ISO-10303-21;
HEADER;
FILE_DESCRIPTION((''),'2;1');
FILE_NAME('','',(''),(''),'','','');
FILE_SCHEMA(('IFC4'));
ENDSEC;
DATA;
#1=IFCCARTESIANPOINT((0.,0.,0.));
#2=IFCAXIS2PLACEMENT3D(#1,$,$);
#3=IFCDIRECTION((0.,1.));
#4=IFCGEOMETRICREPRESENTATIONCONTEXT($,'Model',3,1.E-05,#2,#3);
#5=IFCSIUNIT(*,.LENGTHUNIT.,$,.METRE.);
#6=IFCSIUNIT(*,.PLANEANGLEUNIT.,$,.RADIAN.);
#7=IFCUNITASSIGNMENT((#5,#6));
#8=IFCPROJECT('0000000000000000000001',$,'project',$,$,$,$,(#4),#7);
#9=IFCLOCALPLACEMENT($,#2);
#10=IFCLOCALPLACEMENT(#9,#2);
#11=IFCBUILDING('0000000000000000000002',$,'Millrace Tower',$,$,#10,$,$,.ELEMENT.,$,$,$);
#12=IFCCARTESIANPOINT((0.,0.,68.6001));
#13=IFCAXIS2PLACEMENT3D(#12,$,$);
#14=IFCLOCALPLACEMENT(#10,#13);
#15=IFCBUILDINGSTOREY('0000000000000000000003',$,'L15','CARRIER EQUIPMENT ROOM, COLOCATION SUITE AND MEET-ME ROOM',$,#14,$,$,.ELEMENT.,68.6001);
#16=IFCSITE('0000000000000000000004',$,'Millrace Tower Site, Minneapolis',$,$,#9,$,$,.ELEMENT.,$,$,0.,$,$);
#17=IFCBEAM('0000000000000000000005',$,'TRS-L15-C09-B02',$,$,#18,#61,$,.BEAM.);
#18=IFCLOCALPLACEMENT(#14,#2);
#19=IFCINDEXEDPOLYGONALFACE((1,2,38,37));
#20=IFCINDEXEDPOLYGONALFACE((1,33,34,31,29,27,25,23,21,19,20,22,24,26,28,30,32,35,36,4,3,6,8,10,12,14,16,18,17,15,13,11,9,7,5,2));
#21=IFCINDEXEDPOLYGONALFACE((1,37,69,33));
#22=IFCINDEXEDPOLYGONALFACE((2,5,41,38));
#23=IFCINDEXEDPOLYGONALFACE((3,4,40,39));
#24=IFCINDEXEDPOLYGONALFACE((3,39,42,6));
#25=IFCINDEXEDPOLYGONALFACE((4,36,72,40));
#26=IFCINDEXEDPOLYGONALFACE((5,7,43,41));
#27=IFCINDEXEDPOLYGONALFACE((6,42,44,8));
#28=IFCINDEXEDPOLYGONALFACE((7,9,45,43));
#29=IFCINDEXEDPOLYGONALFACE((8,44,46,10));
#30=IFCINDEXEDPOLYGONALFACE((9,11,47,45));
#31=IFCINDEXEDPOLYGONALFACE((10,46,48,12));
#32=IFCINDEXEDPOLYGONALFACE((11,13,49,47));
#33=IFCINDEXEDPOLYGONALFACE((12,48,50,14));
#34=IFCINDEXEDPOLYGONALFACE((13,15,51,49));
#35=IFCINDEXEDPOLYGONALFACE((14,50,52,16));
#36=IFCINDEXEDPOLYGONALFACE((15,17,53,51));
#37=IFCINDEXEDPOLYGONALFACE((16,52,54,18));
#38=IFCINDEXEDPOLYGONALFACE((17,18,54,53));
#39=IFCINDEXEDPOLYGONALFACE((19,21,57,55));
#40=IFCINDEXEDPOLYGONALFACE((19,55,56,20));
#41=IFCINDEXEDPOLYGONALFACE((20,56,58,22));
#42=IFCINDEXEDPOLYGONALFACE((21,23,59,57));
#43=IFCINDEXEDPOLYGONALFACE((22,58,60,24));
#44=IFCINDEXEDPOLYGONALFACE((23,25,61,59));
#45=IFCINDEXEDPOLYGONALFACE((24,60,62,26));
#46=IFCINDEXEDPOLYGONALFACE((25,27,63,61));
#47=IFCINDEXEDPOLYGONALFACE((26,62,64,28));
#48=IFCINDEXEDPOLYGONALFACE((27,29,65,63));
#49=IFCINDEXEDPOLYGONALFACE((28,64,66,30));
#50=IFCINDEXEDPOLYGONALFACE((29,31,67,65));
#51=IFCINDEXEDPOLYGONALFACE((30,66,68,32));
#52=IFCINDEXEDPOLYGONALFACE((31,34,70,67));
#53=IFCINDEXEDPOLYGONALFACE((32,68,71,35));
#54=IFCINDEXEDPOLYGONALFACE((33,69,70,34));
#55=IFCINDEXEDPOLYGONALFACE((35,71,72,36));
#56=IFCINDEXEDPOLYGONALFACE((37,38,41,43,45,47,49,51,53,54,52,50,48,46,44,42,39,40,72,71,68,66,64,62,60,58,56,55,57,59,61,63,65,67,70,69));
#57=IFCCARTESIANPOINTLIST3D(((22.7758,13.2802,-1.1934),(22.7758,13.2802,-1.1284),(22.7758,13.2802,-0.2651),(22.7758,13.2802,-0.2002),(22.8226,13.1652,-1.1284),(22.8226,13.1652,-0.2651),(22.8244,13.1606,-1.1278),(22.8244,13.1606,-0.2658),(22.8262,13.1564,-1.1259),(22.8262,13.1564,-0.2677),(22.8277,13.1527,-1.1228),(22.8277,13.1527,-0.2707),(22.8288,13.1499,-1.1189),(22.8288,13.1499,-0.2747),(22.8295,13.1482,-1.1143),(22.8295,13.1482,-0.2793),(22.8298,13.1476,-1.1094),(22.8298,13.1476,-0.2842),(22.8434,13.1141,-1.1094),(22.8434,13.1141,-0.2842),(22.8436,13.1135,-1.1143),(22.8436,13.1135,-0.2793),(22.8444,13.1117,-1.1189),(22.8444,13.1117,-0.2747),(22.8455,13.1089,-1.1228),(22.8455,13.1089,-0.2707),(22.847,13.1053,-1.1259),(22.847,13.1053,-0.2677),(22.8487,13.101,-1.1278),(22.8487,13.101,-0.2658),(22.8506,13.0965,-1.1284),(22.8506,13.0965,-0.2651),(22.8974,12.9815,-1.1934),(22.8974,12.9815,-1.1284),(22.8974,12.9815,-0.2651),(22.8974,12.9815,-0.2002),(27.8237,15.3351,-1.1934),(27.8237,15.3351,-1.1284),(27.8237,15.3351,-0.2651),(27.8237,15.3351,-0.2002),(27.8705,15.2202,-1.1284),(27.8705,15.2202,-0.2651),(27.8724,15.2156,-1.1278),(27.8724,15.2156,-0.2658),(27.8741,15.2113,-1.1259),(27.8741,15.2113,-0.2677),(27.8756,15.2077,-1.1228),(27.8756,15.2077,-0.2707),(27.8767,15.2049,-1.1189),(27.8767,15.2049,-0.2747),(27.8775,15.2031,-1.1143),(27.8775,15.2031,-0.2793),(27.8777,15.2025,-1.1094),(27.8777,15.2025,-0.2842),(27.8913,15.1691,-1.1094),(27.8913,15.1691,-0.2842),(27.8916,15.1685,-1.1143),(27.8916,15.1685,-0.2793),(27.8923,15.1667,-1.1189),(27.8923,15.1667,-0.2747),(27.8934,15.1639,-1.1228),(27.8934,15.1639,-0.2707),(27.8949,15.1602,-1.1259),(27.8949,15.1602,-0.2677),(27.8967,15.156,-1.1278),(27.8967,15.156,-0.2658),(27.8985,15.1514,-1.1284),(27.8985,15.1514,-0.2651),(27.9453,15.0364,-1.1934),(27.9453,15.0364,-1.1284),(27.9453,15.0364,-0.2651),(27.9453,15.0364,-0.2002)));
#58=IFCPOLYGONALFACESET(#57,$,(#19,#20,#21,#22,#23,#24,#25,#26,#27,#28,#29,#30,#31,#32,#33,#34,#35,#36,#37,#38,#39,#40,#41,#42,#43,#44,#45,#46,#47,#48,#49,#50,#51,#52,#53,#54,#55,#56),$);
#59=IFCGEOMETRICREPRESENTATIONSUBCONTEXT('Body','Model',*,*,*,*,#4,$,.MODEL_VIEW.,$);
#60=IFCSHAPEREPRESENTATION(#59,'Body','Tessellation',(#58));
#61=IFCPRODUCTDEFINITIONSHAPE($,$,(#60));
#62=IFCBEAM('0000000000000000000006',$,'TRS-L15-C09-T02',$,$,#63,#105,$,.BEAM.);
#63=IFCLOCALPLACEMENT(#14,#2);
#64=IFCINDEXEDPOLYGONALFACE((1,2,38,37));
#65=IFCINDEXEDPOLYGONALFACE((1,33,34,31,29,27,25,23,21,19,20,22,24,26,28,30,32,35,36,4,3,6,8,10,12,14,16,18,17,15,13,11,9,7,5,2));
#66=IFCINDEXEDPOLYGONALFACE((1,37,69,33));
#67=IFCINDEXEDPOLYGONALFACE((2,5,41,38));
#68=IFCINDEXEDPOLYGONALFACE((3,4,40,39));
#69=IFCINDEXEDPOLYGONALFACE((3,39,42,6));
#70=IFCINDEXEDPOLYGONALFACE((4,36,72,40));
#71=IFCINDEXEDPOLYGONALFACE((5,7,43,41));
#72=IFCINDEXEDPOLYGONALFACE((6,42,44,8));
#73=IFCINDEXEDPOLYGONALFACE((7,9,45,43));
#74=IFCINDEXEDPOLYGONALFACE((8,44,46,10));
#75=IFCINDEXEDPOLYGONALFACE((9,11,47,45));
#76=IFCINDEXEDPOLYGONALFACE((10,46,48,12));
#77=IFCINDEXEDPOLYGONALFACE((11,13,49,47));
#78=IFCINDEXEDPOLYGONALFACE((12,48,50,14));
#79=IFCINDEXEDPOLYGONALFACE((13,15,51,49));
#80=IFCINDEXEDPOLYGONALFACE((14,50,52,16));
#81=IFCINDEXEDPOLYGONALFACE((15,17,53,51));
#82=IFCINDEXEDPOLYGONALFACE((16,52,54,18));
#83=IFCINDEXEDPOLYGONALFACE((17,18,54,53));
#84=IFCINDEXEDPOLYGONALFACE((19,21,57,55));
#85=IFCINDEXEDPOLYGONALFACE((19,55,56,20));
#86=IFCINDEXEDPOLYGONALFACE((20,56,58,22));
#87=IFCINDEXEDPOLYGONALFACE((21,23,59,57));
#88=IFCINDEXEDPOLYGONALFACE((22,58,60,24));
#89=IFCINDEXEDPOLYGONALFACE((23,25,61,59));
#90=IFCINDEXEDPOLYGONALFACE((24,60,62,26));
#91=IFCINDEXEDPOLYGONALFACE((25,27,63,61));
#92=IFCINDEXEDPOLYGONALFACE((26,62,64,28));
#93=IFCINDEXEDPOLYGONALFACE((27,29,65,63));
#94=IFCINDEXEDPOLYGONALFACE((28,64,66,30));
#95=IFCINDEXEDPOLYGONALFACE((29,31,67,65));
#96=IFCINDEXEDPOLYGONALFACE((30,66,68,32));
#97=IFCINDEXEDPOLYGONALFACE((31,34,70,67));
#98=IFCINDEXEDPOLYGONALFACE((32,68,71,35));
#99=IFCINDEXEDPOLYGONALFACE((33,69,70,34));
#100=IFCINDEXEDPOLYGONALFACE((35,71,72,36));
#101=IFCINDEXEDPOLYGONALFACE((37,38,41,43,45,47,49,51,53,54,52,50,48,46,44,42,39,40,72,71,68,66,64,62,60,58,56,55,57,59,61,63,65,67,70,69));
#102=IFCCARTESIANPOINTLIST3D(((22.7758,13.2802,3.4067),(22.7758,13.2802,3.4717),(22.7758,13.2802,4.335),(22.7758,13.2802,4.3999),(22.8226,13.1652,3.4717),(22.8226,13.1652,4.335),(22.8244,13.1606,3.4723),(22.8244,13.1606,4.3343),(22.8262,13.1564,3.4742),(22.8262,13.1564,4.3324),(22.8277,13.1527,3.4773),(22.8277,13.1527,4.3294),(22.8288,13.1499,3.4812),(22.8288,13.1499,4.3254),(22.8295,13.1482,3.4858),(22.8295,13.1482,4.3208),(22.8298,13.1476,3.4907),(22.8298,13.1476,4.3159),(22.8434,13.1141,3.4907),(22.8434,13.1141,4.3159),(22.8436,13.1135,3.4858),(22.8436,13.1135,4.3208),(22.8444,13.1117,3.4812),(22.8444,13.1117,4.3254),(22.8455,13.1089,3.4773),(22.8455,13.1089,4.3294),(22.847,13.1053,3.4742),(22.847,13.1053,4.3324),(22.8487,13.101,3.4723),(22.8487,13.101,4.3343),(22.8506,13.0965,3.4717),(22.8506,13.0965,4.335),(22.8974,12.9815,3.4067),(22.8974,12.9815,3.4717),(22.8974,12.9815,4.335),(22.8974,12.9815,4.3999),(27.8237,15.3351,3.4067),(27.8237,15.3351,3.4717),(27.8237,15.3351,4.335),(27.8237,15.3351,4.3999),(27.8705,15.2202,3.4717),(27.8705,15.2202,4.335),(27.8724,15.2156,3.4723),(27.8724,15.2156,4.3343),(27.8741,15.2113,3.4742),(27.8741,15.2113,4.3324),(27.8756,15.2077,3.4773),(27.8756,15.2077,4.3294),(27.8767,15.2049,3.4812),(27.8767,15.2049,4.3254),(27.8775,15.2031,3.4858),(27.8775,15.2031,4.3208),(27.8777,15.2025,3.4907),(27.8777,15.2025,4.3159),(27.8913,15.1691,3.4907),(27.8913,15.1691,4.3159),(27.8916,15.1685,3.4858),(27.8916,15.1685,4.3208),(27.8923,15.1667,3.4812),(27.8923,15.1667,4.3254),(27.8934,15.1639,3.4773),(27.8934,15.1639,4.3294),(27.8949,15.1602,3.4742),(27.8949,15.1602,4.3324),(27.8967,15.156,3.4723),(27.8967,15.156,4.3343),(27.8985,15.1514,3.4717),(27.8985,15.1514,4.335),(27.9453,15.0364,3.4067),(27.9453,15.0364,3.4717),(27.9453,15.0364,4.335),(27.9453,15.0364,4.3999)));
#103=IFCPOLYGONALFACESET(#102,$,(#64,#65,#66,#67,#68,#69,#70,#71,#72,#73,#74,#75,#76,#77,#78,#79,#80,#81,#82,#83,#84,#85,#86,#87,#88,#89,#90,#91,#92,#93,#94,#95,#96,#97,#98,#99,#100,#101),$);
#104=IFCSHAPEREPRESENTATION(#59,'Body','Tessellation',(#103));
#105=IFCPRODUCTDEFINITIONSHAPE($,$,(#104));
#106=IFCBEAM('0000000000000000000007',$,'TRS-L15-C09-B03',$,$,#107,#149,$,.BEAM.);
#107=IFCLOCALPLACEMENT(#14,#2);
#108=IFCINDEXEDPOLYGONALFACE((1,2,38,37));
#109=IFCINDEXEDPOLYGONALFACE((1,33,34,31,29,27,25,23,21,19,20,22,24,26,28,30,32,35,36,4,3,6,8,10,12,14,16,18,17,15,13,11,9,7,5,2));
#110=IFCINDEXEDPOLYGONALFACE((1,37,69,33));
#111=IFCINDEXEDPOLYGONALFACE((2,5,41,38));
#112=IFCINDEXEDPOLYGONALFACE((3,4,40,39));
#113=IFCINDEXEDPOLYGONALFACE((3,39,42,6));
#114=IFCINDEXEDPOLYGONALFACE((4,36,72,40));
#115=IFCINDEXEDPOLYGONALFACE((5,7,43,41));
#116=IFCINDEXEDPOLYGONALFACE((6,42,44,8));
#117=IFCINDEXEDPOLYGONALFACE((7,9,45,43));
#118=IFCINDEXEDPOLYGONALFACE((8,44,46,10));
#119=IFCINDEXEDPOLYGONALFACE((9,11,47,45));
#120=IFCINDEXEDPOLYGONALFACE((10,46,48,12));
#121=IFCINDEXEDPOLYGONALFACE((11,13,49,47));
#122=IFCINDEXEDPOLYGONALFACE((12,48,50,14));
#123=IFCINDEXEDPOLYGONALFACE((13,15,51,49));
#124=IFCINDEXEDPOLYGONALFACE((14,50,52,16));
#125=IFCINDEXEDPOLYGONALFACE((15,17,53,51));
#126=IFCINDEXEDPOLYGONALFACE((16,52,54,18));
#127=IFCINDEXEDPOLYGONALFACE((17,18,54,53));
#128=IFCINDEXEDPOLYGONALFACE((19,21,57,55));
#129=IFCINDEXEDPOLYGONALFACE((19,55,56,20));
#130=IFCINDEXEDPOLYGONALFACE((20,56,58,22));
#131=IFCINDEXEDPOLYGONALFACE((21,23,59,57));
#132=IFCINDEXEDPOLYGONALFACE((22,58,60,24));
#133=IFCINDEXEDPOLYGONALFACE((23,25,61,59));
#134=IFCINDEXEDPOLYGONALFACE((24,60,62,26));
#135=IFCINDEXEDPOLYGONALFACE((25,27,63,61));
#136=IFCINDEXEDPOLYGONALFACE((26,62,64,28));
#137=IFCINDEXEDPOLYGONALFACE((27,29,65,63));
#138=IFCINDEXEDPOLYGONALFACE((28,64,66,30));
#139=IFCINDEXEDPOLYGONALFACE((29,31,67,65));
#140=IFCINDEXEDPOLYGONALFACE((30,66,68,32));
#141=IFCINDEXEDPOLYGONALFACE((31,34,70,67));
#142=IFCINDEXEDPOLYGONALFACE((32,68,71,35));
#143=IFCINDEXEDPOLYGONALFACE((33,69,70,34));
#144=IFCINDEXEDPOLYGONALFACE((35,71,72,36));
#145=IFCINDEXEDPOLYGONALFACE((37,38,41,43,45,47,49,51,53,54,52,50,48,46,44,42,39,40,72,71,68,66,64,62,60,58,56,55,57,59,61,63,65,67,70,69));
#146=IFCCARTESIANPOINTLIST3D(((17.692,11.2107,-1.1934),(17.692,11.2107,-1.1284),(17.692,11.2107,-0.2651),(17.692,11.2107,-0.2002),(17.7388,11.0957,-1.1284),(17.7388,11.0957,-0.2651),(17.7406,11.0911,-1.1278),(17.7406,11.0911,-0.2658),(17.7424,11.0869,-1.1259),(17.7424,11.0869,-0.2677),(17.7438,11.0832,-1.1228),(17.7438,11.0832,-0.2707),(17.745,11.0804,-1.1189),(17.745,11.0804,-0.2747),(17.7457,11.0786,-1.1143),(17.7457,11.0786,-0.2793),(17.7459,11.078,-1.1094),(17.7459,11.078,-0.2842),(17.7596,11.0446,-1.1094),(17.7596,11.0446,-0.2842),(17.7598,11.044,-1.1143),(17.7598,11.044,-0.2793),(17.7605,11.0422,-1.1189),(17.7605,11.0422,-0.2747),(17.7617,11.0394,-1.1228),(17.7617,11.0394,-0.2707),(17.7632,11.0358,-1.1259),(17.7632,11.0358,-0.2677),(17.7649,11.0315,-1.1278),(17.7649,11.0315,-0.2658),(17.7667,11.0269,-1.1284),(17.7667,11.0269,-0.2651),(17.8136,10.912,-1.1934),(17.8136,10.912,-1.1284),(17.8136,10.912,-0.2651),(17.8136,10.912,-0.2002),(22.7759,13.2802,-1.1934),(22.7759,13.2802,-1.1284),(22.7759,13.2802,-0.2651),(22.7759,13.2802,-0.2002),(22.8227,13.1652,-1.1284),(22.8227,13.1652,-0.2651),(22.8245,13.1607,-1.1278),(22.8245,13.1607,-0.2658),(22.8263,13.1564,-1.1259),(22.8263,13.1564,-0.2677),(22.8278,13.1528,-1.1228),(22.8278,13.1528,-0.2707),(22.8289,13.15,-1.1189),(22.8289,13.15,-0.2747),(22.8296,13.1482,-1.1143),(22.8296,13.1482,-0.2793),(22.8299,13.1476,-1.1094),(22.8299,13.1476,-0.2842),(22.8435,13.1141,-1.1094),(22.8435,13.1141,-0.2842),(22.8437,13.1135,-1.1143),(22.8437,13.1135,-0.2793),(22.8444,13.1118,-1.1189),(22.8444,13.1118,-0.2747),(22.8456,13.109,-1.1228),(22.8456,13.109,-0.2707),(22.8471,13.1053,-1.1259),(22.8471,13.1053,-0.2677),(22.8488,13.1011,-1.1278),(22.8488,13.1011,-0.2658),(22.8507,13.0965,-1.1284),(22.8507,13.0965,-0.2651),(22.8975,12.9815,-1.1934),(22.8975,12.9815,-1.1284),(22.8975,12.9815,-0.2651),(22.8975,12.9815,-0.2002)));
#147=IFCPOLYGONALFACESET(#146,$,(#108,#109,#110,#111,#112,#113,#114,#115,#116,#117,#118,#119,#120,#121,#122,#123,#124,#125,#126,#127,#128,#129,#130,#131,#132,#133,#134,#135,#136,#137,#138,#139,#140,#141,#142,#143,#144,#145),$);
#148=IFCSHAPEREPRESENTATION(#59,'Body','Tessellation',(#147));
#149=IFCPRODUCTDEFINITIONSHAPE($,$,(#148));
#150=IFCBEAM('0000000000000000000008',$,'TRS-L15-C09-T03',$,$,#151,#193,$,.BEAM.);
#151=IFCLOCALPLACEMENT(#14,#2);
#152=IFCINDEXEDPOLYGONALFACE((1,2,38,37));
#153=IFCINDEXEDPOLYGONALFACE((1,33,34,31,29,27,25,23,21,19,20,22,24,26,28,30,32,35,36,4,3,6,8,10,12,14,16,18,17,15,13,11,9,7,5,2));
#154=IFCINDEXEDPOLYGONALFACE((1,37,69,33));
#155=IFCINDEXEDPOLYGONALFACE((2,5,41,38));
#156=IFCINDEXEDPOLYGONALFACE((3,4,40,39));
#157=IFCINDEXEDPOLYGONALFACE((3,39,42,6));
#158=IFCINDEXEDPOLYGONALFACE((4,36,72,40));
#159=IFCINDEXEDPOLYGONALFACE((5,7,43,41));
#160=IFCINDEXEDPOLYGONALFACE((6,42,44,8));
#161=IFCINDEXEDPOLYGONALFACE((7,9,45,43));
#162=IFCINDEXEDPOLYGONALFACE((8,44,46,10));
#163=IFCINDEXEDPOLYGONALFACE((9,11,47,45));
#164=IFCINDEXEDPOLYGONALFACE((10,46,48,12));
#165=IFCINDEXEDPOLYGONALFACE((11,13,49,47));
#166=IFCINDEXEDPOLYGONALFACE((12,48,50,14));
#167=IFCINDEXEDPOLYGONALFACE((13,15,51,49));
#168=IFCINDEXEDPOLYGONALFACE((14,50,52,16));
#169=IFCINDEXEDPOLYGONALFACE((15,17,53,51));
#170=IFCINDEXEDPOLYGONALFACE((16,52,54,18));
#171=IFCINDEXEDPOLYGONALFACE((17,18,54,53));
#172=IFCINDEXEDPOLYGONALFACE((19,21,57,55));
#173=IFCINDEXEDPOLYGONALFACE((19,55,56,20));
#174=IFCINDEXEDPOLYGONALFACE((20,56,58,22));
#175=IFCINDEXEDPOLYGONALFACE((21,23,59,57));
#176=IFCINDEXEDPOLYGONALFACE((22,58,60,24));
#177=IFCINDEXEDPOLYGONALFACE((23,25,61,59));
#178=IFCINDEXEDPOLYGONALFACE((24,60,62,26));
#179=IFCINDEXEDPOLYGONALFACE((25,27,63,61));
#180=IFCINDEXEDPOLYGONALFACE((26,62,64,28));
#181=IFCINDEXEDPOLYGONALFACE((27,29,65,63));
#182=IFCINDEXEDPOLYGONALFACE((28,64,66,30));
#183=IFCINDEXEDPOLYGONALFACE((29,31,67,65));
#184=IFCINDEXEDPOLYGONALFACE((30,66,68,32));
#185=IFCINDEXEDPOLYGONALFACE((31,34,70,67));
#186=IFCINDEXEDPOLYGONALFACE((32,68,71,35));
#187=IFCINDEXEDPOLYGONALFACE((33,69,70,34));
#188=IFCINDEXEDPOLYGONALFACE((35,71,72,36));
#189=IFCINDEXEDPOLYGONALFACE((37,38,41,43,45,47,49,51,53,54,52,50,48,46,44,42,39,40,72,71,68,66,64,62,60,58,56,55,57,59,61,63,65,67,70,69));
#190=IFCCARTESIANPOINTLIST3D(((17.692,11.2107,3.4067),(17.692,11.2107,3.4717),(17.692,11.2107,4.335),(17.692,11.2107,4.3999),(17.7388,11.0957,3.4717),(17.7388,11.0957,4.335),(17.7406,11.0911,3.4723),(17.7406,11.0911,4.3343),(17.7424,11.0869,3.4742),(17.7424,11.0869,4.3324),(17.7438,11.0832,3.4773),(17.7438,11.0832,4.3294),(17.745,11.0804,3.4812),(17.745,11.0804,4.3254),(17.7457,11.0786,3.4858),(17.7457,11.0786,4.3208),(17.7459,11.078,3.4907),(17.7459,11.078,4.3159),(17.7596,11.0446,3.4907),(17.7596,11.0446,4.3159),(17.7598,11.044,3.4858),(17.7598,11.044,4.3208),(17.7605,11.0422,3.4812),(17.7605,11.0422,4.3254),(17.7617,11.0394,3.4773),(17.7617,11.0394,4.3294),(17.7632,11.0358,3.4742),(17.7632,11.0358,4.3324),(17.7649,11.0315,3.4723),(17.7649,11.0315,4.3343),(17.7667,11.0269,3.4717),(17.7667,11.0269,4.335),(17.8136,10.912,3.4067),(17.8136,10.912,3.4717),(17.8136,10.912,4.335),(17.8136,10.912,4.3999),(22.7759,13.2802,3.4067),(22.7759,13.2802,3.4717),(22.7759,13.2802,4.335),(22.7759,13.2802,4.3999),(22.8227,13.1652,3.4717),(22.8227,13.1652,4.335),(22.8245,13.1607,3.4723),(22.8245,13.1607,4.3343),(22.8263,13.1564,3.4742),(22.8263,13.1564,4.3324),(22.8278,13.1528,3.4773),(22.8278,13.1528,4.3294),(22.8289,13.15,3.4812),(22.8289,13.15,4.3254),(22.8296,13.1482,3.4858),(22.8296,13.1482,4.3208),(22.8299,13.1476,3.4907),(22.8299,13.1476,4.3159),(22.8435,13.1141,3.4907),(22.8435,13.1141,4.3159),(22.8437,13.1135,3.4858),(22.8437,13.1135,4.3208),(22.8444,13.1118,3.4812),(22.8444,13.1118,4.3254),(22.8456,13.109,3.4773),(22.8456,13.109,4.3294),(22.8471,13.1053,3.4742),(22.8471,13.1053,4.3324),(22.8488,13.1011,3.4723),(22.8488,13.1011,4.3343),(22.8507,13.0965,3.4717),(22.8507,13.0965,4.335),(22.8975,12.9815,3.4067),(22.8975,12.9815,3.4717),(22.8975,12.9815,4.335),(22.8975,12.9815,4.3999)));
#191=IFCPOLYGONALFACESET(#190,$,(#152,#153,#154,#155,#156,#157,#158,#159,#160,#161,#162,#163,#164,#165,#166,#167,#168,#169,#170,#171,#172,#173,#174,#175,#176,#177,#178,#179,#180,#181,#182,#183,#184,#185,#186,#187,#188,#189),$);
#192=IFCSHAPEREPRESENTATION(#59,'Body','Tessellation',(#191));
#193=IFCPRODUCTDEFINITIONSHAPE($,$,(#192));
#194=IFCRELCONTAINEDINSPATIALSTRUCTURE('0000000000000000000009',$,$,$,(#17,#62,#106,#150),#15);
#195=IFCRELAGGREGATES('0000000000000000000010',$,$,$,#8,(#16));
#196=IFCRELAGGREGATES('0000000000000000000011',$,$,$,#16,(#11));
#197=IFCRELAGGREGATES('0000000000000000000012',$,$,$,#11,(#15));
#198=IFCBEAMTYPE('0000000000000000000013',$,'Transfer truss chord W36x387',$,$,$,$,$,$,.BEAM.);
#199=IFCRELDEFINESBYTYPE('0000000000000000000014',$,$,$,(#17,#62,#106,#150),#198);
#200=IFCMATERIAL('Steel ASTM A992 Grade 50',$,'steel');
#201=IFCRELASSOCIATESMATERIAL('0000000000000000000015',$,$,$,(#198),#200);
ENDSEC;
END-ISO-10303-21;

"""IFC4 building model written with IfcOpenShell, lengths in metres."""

from ifc_helpers import new_model, si_unit, direction, frame, origin, origin_2d, place, context, subcontext, project, spatial, i_section, extrude, material, material_profile, profile_set, type_object, element, save


model = new_model("IFC4")

# Units and contexts
model_context = context("Model", 3, precision=1e-05, world=origin(), true_north=direction((0.0, 1.0)))
body_context = subcontext(model_context, "Body", "Model", "MODEL_VIEW")
ifc_project = project(units=[si_unit("LENGTHUNIT", "METRE"), si_unit("PLANEANGLEUNIT", "RADIAN")], contexts=[model_context])

# Site, building, storey
site_placement = place(None, origin())
site = spatial("IfcSite", under=ifc_project, at=site_placement, Name="Millrace Tower Site, Minneapolis", CompositionType="ELEMENT", RefElevation=0.0)
building_placement = place(site_placement, origin())
building = spatial("IfcBuilding", under=site, at=building_placement, Name="Millrace Tower", CompositionType="ELEMENT")
storey_placement = place(building_placement, frame((0.0, 0.0, 68.6001)))
storey = spatial("IfcBuildingStorey", under=building, at=storey_placement, Name="L15", Description="CARRIER EQUIPMENT ROOM, COLOCATION SUITE AND MEET-ME ROOM", CompositionType="ELEMENT", Elevation=68.6001)

# Beams
ifc_material_1 = material(Name="Steel ASTM A992 Grade 50", Category="steel")
ifc_material_profile_1 = material_profile(ifc_material_1, i_section(OverallWidth=0.3225, OverallDepth=0.9932, WebThickness=0.0361, FlangeThickness=0.0649, FilletRadius=0.019, at=origin_2d()))
ifc_profile_set_1 = profile_set([ifc_material_profile_1], Name="Steel ASTM A992 Grade 50")
beam_type_1 = type_object("IfcBeamType", Name="Transfer truss chord W36x387", PredefinedType="BEAM", material=ifc_profile_set_1)
for number, where, z_axis, x_axis, name in (
    (1, (27.8845, 15.1858, -0.6968), (-0.926195, -0.377045, 0.0), (0.377045, -0.926195, 0.0), "TRS-L15-C09-B02"),
    (2, (27.8845, 15.1858, 3.9033), (-0.926195, -0.377045, 0.0), (0.377045, -0.926195, 0.0), "TRS-L15-C09-T02"),
):
    element("IfcBeam", number, at=place(storey_placement, frame(where, z_axis=z_axis, x_axis=x_axis)), inside=storey, type_object=beam_type_1, Name=name, PredefinedType="BEAM", context=body_context, shape_type="SweptSolid", body=[
        extrude(i_section(OverallWidth=0.3225, OverallDepth=0.9932, WebThickness=0.0361, FlangeThickness=0.0649, FilletRadius=0.019, at=origin_2d()), origin(), (0.0, 0.0, 1.0), 5.4502),
    ])
for number, where, z_axis, x_axis, name in (
    (3, (22.8367, 13.1309, -0.6968), (-0.926199, -0.377036, 0.0), (0.377036, -0.926199, 0.0), "TRS-L15-C09-B03"),
    (4, (22.8367, 13.1309, 3.9033), (-0.926199, -0.377036, 0.0), (0.377036, -0.926199, 0.0), "TRS-L15-C09-T03"),
):
    element("IfcBeam", number, at=place(storey_placement, frame(where, z_axis=z_axis, x_axis=x_axis)), inside=storey, type_object=beam_type_1, Name=name, PredefinedType="BEAM", context=body_context, shape_type="SweptSolid", body=[
        extrude(i_section(OverallWidth=0.3225, OverallDepth=0.9932, WebThickness=0.0361, FlangeThickness=0.0649, FilletRadius=0.019, at=origin_2d()), origin(), (0.0, 0.0, 1.0), 5.489),
    ])

save(model, "model.ifc")
